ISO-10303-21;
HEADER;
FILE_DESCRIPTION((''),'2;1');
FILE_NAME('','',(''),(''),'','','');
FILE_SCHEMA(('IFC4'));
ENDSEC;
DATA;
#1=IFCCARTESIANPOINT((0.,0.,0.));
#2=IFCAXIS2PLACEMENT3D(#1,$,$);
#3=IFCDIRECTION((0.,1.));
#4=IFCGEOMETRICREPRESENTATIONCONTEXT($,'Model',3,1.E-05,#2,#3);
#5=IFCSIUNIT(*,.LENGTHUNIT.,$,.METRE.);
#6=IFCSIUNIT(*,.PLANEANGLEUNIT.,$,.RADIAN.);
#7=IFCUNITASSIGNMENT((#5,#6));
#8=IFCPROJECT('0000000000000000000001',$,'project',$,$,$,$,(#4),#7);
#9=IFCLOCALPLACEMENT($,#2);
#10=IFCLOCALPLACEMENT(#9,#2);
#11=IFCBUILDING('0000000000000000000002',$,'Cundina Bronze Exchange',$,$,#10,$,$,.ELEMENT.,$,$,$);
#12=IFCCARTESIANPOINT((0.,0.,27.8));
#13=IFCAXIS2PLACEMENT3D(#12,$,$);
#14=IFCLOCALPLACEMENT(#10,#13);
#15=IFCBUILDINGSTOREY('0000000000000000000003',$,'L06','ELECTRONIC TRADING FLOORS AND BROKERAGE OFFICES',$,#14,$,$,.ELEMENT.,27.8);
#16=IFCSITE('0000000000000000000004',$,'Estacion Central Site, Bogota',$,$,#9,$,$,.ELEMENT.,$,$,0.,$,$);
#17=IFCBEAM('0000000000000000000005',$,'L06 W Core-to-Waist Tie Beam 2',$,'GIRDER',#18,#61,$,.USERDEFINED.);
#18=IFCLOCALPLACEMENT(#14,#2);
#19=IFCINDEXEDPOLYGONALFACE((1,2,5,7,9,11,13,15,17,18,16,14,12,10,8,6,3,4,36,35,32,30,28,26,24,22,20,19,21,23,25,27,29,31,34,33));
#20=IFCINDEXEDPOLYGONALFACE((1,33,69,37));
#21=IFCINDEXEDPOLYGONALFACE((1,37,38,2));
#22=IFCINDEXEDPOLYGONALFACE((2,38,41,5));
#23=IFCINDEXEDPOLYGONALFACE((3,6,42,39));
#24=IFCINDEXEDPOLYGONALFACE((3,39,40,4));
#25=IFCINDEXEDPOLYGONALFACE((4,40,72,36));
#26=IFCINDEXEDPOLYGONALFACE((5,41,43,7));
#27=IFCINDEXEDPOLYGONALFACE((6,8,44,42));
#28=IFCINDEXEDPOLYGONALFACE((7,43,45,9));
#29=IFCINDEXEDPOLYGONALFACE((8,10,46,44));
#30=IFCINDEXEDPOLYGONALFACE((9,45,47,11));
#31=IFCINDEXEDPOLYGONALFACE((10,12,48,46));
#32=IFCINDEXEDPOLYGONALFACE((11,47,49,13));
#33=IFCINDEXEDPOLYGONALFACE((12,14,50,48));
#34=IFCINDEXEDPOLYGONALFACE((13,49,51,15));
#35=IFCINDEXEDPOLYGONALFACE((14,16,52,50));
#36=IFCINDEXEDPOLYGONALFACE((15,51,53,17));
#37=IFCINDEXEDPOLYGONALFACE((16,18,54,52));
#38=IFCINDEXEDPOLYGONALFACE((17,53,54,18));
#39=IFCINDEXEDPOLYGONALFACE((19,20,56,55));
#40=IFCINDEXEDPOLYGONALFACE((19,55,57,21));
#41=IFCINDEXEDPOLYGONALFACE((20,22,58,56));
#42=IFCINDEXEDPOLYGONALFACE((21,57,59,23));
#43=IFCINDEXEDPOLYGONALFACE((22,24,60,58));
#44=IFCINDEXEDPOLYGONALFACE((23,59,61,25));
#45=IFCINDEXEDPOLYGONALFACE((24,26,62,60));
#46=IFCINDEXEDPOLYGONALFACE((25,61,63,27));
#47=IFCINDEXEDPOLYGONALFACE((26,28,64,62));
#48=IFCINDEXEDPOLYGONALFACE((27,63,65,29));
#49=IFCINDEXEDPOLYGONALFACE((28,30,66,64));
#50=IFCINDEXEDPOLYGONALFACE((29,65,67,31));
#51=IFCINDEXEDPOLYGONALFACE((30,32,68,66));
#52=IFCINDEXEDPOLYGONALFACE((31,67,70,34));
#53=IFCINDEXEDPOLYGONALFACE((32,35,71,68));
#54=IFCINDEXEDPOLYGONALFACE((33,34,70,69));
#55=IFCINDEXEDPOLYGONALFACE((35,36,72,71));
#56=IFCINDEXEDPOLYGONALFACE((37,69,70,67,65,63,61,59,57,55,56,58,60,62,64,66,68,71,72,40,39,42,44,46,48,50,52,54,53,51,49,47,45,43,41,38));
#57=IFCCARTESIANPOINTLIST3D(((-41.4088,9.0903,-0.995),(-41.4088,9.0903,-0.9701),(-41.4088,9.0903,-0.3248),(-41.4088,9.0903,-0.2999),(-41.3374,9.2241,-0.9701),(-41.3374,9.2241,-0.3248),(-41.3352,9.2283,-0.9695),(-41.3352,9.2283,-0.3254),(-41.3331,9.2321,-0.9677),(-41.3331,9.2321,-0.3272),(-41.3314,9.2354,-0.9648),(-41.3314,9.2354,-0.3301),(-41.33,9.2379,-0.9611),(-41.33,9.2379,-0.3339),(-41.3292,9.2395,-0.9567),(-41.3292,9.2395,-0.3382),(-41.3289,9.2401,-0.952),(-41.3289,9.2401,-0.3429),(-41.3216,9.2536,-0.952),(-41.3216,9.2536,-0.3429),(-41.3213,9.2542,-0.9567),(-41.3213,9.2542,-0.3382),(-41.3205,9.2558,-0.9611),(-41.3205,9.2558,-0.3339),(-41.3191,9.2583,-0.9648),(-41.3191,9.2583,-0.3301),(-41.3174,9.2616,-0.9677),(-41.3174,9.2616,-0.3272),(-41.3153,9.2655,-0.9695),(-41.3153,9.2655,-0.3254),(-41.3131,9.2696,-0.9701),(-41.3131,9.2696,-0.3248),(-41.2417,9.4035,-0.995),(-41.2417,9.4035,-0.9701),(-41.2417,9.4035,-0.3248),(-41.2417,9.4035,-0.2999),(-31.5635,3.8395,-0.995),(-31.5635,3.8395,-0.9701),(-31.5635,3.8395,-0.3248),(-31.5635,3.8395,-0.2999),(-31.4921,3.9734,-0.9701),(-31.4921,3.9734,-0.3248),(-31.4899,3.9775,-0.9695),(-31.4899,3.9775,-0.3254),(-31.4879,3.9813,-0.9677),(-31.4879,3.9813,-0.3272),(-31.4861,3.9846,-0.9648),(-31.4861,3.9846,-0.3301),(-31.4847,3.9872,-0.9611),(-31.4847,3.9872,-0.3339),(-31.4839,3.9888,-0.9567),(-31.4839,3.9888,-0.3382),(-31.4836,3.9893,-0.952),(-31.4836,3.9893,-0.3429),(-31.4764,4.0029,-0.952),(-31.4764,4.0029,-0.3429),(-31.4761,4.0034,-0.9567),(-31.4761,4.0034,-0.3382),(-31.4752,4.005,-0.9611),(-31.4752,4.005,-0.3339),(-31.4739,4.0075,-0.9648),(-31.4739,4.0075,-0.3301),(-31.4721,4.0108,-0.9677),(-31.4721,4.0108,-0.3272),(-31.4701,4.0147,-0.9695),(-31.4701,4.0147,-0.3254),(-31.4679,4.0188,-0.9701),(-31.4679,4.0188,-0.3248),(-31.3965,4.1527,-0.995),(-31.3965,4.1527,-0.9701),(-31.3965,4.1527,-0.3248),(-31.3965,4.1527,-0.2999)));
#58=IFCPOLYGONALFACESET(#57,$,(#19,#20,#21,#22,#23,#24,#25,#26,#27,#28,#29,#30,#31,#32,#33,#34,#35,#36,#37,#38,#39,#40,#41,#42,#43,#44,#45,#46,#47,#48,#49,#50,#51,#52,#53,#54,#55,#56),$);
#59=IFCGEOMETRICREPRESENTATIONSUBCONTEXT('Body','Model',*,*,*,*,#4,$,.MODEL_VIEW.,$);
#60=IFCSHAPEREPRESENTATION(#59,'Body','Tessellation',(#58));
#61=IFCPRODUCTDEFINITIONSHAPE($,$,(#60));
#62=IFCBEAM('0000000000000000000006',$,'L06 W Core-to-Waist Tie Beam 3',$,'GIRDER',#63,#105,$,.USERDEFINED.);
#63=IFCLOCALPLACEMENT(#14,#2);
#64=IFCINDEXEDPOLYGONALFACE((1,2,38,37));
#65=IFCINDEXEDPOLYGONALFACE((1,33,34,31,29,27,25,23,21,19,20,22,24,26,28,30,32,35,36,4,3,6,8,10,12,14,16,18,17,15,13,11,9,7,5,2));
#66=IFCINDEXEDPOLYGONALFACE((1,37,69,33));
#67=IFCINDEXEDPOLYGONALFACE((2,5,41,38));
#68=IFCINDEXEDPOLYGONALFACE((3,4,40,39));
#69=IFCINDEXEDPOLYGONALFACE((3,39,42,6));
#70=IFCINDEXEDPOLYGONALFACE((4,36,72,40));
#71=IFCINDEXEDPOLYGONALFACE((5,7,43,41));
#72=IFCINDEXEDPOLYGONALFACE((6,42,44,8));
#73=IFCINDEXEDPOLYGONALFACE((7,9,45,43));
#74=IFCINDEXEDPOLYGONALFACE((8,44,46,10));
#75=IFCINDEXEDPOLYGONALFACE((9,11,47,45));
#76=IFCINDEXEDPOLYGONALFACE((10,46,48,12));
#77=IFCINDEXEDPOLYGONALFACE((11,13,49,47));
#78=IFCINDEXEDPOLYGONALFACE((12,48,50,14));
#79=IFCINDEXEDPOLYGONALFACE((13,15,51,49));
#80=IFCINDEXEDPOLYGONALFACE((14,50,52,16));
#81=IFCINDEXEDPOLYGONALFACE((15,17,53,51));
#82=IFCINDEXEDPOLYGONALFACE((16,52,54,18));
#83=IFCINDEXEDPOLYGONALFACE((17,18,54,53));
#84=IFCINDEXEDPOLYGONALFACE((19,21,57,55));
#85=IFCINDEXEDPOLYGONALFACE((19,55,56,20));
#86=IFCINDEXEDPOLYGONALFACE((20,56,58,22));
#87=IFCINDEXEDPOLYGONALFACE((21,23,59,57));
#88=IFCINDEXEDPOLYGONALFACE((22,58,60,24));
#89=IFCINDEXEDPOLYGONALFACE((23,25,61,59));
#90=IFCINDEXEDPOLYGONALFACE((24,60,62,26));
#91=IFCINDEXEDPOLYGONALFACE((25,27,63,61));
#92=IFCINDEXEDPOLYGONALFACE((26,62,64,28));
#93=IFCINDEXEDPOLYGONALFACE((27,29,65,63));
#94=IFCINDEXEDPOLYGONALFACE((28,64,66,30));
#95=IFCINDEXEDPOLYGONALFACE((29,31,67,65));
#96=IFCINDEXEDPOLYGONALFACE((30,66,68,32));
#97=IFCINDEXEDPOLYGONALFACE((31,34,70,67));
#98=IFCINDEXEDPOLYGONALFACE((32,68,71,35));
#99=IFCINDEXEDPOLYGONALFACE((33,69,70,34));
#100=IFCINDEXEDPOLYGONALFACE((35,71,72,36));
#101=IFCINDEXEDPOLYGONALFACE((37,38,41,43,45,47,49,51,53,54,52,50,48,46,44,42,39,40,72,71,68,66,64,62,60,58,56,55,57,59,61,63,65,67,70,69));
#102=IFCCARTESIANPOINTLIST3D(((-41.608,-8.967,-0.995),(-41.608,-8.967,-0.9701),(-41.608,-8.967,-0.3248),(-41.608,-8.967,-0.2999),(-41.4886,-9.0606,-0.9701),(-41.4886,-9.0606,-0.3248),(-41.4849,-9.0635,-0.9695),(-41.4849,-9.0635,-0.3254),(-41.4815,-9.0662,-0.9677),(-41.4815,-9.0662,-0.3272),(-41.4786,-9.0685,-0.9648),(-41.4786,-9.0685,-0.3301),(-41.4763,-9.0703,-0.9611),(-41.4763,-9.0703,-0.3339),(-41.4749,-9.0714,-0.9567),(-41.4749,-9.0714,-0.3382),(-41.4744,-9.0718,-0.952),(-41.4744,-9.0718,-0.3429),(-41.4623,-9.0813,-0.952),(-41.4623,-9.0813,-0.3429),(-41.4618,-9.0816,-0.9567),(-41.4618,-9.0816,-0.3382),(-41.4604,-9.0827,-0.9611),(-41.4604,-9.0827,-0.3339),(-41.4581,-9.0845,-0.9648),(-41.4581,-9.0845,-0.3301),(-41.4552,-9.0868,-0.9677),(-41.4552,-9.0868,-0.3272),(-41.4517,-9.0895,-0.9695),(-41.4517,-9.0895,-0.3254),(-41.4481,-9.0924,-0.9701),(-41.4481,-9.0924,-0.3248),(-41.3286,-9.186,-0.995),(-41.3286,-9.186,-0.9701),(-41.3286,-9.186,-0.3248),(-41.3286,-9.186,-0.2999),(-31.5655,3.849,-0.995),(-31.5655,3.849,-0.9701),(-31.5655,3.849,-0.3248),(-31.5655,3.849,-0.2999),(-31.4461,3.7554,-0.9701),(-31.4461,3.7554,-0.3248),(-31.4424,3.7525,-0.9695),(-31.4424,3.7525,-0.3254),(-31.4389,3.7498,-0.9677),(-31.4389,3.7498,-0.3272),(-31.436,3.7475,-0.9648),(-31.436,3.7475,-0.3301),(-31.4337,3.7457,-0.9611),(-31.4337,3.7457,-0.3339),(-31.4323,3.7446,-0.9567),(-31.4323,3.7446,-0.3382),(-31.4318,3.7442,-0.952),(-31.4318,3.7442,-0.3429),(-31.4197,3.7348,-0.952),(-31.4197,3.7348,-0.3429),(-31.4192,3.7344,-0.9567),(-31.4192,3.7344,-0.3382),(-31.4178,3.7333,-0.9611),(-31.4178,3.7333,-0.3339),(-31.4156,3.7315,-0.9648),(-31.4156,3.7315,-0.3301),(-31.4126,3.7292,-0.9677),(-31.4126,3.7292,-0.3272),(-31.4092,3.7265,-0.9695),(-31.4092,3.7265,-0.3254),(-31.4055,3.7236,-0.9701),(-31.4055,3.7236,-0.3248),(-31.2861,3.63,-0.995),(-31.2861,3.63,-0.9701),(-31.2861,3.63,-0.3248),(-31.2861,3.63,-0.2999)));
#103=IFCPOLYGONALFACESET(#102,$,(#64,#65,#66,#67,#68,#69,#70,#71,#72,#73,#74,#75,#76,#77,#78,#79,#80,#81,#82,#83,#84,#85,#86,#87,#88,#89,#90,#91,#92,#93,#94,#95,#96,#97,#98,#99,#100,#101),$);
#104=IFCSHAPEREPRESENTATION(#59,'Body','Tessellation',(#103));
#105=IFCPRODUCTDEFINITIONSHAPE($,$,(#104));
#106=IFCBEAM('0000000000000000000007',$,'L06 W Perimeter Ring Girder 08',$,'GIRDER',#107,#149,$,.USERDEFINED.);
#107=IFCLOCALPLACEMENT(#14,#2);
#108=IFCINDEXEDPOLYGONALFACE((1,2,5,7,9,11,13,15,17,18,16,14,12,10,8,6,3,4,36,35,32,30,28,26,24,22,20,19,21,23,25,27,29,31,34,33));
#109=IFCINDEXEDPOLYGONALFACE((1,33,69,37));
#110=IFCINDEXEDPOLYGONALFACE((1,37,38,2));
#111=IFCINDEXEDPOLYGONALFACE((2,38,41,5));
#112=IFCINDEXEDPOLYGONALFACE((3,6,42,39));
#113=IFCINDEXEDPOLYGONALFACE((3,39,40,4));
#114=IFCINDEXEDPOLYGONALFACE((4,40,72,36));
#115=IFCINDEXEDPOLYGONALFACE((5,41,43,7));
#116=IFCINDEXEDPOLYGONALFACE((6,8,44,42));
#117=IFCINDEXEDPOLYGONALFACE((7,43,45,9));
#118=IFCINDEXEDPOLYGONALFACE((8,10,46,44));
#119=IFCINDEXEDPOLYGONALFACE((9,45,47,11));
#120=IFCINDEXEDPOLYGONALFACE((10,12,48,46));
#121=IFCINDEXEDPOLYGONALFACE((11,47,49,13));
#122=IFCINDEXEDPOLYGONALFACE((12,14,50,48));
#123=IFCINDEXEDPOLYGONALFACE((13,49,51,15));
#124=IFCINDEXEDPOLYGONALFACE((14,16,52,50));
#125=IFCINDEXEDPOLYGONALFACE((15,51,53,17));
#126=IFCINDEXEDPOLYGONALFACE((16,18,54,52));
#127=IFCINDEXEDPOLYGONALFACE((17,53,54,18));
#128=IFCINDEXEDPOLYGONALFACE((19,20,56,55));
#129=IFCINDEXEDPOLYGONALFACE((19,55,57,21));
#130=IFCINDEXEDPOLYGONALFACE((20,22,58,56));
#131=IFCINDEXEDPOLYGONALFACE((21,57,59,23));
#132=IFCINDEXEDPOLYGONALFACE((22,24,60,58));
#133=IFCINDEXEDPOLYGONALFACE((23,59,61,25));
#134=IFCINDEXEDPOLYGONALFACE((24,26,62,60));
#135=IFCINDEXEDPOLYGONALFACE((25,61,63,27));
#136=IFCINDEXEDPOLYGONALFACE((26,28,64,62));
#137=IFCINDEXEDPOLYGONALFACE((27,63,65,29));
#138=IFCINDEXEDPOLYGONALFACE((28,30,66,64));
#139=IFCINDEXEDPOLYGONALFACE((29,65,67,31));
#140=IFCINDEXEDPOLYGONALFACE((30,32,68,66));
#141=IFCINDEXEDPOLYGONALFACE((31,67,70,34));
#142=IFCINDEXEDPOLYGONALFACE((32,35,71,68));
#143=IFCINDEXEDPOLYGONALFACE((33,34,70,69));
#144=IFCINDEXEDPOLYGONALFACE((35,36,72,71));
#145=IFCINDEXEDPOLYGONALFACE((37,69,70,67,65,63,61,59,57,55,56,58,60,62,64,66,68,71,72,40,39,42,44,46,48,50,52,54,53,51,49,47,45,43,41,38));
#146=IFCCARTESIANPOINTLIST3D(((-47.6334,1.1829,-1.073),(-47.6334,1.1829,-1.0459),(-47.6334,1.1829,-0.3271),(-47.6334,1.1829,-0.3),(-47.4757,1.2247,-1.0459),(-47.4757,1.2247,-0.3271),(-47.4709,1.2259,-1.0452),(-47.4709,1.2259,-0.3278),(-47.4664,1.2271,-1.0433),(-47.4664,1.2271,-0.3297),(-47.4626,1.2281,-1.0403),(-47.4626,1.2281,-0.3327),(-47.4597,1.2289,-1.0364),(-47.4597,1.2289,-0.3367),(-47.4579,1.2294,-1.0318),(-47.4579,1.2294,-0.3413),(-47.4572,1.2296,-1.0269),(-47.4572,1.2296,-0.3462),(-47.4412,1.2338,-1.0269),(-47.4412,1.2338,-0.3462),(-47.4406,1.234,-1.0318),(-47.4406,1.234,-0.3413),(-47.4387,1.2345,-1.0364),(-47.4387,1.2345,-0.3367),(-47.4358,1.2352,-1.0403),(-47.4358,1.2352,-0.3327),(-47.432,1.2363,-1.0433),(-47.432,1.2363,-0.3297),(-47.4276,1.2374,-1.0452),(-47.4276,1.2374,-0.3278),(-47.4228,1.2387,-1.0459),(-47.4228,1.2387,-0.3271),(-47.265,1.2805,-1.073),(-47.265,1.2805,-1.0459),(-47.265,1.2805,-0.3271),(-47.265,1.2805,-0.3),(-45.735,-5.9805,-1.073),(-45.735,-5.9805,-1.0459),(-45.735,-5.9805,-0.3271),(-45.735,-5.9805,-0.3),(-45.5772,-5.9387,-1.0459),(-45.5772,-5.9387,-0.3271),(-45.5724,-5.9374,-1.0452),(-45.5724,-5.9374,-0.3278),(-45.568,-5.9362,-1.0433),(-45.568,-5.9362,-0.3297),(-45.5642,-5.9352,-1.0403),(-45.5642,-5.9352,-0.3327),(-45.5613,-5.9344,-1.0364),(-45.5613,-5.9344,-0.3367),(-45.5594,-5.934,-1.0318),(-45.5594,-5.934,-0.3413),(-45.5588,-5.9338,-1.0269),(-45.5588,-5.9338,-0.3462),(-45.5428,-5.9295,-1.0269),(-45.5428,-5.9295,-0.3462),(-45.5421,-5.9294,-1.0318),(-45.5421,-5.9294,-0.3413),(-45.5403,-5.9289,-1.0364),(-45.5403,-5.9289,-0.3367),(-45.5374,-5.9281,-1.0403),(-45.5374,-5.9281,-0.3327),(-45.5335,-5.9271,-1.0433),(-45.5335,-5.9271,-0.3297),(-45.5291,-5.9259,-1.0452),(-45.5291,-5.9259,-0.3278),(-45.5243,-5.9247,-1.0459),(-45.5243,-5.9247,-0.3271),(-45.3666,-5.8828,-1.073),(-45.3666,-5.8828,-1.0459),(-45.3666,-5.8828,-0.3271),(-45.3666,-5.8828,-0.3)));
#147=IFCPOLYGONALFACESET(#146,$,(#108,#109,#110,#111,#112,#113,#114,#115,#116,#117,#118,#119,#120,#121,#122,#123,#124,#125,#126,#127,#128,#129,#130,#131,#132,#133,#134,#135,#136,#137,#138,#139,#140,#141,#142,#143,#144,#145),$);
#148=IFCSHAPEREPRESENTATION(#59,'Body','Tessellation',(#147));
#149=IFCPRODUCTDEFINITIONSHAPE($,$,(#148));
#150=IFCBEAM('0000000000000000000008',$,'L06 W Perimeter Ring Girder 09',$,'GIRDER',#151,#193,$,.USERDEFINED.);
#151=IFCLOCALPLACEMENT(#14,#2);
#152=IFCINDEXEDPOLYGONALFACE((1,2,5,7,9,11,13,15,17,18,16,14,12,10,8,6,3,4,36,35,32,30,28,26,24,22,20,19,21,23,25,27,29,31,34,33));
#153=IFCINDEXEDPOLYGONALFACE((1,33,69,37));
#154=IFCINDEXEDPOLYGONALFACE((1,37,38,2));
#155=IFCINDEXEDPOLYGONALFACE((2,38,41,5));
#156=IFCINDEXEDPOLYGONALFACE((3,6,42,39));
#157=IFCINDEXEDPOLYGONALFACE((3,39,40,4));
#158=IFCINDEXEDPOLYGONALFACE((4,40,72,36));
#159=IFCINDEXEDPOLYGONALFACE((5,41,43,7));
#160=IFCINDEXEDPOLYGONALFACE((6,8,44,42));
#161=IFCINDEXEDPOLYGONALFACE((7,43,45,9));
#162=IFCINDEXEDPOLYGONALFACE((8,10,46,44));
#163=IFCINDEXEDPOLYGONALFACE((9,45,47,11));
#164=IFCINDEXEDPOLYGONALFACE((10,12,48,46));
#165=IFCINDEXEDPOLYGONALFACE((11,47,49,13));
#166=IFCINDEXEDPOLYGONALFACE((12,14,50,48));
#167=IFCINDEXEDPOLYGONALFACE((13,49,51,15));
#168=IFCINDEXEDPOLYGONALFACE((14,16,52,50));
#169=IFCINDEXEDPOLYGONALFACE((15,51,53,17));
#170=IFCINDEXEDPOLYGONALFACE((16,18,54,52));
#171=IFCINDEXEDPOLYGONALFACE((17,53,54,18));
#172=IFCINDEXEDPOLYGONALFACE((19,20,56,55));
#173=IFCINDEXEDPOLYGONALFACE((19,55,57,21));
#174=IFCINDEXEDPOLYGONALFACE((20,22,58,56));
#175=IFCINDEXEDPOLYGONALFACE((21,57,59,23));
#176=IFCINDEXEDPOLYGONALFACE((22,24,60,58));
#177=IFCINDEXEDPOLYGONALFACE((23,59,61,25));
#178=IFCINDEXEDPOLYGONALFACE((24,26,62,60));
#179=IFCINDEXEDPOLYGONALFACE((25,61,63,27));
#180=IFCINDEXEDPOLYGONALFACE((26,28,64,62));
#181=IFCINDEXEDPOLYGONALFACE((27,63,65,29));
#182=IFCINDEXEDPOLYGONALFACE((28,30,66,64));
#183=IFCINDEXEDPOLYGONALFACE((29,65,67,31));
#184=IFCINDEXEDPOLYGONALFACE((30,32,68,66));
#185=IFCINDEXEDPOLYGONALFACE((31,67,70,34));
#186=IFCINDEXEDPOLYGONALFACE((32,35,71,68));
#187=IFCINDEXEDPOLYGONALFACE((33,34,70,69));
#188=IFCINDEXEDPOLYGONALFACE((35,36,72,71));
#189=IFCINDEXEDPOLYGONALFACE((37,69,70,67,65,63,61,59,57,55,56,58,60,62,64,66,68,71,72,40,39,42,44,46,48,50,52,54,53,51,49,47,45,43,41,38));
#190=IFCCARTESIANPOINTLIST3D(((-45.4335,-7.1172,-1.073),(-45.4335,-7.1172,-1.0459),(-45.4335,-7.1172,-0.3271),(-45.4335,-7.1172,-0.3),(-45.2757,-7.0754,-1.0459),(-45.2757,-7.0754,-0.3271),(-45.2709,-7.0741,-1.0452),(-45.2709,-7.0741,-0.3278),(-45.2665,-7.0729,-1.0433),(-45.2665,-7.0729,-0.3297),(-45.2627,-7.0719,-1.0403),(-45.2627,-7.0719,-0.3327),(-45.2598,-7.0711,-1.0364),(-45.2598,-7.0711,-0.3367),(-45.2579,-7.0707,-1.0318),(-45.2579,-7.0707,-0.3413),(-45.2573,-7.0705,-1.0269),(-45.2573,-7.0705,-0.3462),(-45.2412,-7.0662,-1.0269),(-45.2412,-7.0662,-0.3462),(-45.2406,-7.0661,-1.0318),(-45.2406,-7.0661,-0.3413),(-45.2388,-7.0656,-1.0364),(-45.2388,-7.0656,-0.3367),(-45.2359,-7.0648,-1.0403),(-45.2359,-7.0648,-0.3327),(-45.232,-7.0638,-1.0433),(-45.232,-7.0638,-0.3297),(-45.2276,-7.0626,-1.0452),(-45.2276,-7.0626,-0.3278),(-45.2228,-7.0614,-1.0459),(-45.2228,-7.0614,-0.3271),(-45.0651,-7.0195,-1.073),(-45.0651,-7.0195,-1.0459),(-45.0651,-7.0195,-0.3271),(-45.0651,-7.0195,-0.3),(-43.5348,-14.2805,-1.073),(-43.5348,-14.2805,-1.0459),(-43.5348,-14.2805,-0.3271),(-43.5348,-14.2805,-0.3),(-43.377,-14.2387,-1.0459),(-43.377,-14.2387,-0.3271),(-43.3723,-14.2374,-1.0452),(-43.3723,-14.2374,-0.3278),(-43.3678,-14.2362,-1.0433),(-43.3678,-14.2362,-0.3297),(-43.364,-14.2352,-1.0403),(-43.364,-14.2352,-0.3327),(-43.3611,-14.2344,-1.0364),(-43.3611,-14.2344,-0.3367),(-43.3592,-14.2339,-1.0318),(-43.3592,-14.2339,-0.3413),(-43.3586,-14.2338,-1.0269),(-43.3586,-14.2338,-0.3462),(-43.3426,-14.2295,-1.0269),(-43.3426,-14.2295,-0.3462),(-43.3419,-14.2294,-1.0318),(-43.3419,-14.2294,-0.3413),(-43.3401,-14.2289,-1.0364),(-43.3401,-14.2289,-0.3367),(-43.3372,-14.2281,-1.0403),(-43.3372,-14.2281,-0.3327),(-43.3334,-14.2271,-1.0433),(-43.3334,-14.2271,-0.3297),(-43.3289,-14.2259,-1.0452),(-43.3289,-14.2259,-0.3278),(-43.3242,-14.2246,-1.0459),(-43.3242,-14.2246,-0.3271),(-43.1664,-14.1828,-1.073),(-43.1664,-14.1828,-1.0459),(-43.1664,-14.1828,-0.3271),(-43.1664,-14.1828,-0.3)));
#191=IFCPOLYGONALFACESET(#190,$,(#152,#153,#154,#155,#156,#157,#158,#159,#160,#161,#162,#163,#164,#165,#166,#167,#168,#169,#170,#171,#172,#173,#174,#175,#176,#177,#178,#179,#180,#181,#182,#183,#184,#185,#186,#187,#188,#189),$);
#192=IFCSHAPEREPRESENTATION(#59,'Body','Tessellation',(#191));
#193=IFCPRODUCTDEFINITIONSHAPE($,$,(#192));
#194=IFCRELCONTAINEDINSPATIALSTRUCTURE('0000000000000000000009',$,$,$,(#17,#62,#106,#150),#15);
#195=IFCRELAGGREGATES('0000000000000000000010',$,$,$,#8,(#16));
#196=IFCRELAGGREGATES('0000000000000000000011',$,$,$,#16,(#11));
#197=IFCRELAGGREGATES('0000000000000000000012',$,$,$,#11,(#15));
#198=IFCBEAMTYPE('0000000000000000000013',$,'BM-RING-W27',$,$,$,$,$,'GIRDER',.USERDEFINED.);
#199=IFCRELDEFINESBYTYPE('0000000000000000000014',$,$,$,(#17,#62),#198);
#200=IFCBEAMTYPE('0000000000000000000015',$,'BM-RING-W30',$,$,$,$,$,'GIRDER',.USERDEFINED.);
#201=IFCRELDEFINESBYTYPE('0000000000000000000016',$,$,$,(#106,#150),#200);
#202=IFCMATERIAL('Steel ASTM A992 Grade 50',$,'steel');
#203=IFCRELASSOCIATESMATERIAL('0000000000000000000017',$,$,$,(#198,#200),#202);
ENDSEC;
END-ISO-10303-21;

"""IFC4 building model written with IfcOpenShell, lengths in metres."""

from ifc_helpers import new_model, si_unit, direction, frame, origin, origin_2d, place, context, subcontext, project, spatial, i_section, extrude, material, material_profile, profile_set, type_object, element, save


model = new_model("IFC4")

# Units and contexts
model_context = context("Model", 3, precision=1e-05, world=origin(), true_north=direction((0.0, 1.0)))
body_context = subcontext(model_context, "Body", "Model", "MODEL_VIEW")
ifc_project = project(units=[si_unit("LENGTHUNIT", "METRE"), si_unit("PLANEANGLEUNIT", "RADIAN")], contexts=[model_context])

# Site, building, storey
site_placement = place(None, origin())
site = spatial("IfcSite", under=ifc_project, at=site_placement, Name="Estacion Central Site, Bogota", CompositionType="ELEMENT", RefElevation=0.0)
building_placement = place(site_placement, origin())
building = spatial("IfcBuilding", under=site, at=building_placement, Name="Cundina Bronze Exchange", CompositionType="ELEMENT")
storey_placement = place(building_placement, frame((0.0, 0.0, 27.8)))
storey = spatial("IfcBuildingStorey", under=building, at=storey_placement, Name="L06", Description="ELECTRONIC TRADING FLOORS AND BROKERAGE OFFICES", CompositionType="ELEMENT", Elevation=27.8)

# Shared definitions
ifc_material_1 = material(Name="Steel ASTM A992 Grade 50", Category="steel")

# Beams
ifc_material_profile_1 = material_profile(ifc_material_1, i_section(OverallWidth=0.355, OverallDepth=0.6951, WebThickness=0.0154, FlangeThickness=0.0249, FilletRadius=0.0181, at=origin_2d()), Name="W27X146", Category="steel")
ifc_profile_set_1 = profile_set([ifc_material_profile_1], Name="Steel ASTM A992 Grade 50")
beam_type_1 = type_object("IfcBeamType", Name="BM-RING-W27", ElementType="GIRDER", PredefinedType="USERDEFINED", material=ifc_profile_set_1)
beam_1_placement = place(storey_placement, frame((-31.48, 3.9961, -0.6475), z_axis=(-0.882355, 0.470585, 0.0), x_axis=(-0.470585, -0.882355, 0.0)))
element("IfcBeam", 1, at=beam_1_placement, inside=storey, type_object=beam_type_1, Name="L06 W Core-to-Waist Tie Beam 2", ObjectType="GIRDER", PredefinedType="USERDEFINED", context=body_context, shape_type="SweptSolid", body=[
    extrude(i_section(OverallWidth=0.355, OverallDepth=0.6951, WebThickness=0.0154, FlangeThickness=0.0249, FilletRadius=0.0181, at=origin_2d()), origin(), (0.0, 0.0, 1.0), 11.158),
])
beam_2_placement = place(storey_placement, frame((-31.4258, 3.7395, -0.6475), z_axis=(-0.616789, -0.787128, 0.0), x_axis=(0.787128, -0.616789, 0.0)))
element("IfcBeam", 2, at=beam_2_placement, inside=storey, type_object=beam_type_1, Name="L06 W Core-to-Waist Tie Beam 3", ObjectType="GIRDER", PredefinedType="USERDEFINED", context=body_context, shape_type="SweptSolid", body=[
    extrude(i_section(OverallWidth=0.355, OverallDepth=0.6951, WebThickness=0.0154, FlangeThickness=0.0249, FilletRadius=0.0181, at=origin_2d()), origin(), (0.0, 0.0, 1.0), 16.282),
])
ifc_material_profile_2 = material_profile(ifc_material_1, i_section(OverallWidth=0.3811, OverallDepth=0.7729, WebThickness=0.0166, FlangeThickness=0.0271, FilletRadius=0.019, at=origin_2d()), Name="W30X173", Category="steel")
ifc_profile_set_2 = profile_set([ifc_material_profile_2], Name="Steel ASTM A992 Grade 50")
beam_type_2 = type_object("IfcBeamType", Name="BM-RING-W30", ElementType="GIRDER", PredefinedType="USERDEFINED", material=ifc_profile_set_2)
for number, where, z_axis, x_axis, name in (
    (3, (-47.4492, 1.2317, -0.6865), (0.256178, -0.96663, 0.0), (0.96663, 0.256178, 0.0), "L06 W Perimeter Ring Girder 08"),
    (4, (-45.2493, -7.0684, -0.6865), (0.256209, -0.966622, 0.0), (0.966622, 0.256209, 0.0), "L06 W Perimeter Ring Girder 09"),
):
    element("IfcBeam", number, at=place(storey_placement, frame(where, z_axis=z_axis, x_axis=x_axis)), inside=storey, type_object=beam_type_2, Name=name, ObjectType="GIRDER", PredefinedType="USERDEFINED", context=body_context, shape_type="SweptSolid", body=[
        extrude(i_section(OverallWidth=0.3811, OverallDepth=0.7729, WebThickness=0.0166, FlangeThickness=0.0271, FilletRadius=0.019, at=origin_2d()), origin(), (0.0, 0.0, 1.0), 7.4106),
    ])

save(model, "model.ifc")
